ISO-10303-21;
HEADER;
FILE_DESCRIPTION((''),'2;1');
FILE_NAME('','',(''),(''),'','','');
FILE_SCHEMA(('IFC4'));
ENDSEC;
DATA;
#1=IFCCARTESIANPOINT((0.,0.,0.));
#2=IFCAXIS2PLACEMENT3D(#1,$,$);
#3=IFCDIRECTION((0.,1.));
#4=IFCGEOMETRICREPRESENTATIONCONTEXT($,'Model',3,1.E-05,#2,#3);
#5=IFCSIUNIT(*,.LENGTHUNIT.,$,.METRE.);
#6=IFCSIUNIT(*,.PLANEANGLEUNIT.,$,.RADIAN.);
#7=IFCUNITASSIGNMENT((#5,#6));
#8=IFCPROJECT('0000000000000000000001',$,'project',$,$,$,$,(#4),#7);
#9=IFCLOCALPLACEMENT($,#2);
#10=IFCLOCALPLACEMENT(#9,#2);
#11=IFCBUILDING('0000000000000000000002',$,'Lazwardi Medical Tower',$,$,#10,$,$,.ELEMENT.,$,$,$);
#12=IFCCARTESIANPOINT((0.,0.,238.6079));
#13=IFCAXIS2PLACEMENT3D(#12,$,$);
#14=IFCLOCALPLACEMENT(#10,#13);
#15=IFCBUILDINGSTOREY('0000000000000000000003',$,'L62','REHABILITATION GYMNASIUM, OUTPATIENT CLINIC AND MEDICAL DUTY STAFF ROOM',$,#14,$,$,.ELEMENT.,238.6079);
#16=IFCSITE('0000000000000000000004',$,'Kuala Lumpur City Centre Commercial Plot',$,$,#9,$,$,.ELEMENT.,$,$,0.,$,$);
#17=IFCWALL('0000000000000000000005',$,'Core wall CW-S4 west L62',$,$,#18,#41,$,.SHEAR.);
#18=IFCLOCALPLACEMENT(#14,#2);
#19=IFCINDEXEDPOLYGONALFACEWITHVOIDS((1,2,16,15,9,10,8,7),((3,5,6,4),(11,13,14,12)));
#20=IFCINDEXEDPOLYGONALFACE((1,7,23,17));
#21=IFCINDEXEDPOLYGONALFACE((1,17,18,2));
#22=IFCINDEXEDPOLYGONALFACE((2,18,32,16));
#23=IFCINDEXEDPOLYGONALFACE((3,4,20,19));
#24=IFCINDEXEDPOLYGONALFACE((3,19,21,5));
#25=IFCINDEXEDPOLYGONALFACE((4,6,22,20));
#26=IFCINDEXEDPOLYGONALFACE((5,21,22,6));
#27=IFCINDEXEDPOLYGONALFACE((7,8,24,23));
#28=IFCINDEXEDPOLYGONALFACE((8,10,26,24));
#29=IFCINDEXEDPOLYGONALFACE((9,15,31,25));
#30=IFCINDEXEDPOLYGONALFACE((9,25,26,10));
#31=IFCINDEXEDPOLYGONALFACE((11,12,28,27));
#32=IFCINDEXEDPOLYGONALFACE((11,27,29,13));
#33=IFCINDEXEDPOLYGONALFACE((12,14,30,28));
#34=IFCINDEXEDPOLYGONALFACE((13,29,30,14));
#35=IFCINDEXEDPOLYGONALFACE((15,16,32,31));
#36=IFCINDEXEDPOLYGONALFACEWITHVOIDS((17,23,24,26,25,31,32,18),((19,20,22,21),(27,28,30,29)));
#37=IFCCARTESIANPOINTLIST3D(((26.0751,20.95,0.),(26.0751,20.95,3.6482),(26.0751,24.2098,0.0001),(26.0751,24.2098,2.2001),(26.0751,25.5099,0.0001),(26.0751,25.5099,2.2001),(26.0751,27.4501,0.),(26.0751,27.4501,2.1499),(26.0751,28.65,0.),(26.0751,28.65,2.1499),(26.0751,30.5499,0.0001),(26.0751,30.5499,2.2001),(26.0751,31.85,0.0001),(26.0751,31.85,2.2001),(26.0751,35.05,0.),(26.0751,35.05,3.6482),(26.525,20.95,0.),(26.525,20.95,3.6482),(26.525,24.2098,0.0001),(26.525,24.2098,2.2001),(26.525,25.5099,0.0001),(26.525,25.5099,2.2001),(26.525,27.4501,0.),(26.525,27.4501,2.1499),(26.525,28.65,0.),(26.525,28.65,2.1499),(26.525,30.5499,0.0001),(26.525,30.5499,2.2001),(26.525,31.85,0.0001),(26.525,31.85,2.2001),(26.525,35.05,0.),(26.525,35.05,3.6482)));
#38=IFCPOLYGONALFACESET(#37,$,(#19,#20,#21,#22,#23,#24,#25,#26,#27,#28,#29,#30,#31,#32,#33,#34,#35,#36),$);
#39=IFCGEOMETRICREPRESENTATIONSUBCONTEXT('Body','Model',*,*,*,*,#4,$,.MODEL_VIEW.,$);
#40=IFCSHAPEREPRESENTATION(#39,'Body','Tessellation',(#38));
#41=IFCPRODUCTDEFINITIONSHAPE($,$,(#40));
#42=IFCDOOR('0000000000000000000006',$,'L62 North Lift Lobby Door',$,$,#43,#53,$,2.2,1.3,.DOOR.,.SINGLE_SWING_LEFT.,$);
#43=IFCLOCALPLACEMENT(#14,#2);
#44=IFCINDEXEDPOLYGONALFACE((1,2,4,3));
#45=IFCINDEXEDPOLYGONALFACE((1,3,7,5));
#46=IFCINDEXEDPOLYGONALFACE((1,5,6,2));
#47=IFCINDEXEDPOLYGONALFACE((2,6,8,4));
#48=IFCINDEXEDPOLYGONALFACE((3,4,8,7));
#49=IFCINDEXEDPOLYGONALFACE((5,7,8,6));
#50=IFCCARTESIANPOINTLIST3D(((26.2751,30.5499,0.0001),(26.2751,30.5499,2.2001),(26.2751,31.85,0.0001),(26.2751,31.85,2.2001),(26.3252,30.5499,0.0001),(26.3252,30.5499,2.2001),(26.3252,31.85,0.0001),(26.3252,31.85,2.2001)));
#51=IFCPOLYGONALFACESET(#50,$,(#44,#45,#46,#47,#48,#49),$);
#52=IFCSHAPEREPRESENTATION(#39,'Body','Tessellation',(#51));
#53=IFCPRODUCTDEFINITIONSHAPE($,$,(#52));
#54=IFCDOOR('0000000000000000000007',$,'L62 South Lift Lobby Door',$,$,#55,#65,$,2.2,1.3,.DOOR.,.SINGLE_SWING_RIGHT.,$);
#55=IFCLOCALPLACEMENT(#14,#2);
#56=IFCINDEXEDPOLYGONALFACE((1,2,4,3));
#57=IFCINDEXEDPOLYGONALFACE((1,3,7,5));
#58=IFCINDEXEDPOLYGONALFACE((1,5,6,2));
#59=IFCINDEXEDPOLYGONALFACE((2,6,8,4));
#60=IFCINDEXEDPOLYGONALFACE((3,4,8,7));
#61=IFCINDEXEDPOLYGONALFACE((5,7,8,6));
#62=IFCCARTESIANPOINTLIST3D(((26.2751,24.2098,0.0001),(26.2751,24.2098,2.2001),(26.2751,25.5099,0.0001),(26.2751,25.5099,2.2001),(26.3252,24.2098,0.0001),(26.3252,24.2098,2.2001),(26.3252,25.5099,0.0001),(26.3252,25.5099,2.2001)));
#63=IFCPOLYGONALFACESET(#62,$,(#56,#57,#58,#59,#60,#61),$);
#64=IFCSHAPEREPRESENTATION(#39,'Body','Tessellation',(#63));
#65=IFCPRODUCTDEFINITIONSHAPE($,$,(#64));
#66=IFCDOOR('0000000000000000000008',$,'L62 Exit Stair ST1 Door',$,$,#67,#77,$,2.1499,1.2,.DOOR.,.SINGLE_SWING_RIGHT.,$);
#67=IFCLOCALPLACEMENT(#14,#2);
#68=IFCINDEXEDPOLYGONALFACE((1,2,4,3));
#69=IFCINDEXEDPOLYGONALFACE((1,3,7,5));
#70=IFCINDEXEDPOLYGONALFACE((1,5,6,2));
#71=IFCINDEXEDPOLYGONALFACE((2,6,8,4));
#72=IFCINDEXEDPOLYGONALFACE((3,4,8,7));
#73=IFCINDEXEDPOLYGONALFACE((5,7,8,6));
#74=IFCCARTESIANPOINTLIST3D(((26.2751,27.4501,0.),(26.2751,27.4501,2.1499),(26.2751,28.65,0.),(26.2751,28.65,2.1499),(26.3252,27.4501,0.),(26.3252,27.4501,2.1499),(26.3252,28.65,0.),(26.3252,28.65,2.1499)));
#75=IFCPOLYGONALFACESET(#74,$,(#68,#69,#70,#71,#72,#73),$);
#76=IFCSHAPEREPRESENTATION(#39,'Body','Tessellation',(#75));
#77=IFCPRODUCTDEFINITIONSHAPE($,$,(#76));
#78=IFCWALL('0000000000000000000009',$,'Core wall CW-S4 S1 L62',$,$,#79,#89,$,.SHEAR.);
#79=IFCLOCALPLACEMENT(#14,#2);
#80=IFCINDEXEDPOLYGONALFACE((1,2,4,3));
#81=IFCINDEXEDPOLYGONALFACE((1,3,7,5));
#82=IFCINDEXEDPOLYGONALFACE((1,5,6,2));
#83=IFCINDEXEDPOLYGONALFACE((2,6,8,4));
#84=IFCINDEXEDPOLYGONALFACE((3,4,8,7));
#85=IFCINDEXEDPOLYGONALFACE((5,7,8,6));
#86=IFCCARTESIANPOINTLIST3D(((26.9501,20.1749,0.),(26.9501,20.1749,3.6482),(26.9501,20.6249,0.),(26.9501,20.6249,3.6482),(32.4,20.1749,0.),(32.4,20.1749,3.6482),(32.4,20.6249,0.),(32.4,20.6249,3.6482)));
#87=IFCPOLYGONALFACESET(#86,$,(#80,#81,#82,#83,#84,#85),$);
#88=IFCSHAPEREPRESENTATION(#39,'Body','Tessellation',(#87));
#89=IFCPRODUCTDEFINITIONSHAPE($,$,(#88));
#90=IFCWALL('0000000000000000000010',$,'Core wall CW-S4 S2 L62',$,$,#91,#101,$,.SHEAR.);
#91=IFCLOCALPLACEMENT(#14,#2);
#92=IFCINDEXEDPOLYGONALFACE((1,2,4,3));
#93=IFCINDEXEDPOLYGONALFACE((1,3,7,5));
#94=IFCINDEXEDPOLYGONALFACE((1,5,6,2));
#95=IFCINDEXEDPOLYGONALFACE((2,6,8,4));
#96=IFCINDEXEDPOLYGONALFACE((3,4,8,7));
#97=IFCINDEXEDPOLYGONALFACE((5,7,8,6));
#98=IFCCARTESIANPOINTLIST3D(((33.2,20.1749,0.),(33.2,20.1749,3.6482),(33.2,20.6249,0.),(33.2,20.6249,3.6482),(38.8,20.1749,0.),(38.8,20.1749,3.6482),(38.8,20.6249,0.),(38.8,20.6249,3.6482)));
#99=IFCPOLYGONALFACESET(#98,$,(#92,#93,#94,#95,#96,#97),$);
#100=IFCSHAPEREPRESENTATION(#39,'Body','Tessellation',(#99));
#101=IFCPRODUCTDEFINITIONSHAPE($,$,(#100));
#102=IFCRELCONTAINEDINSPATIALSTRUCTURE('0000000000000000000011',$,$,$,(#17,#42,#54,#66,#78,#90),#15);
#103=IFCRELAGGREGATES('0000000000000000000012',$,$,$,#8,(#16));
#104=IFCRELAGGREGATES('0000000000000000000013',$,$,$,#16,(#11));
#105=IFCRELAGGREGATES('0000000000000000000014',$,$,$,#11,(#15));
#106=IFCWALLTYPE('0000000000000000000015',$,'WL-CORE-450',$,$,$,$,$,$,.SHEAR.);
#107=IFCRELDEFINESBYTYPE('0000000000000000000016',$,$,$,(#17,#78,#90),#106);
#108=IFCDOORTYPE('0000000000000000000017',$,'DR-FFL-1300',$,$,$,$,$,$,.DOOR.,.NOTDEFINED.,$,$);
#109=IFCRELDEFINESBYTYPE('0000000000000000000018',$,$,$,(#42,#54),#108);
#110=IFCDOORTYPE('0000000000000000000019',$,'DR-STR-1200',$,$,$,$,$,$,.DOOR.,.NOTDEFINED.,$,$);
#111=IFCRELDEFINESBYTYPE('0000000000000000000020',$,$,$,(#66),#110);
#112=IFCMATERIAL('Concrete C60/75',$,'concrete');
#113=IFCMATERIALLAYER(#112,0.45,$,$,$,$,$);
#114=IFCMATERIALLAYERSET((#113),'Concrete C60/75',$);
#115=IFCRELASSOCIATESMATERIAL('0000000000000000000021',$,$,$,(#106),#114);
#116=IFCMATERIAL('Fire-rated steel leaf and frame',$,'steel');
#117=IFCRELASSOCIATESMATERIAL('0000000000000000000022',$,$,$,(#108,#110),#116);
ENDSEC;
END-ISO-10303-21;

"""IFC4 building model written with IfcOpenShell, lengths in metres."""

from ifc_helpers import new_model, si_unit, direction, frame, frame_2d, origin, place, context, subcontext, project, spatial, rectangle, extrude, material, layer, layer_set, type_object, element, fill, save


model = new_model("IFC4")

# Units and contexts
model_context = context("Model", 3, precision=1e-05, world=origin(), true_north=direction((0.0, 1.0)))
body_context = subcontext(model_context, "Body", "Model", "MODEL_VIEW")
ifc_project = project(units=[si_unit("LENGTHUNIT", "METRE"), si_unit("PLANEANGLEUNIT", "RADIAN")], contexts=[model_context])

# Site, building, storey
site_placement = place(None, origin())
site = spatial("IfcSite", under=ifc_project, at=site_placement, Name="Kuala Lumpur City Centre Commercial Plot", CompositionType="ELEMENT", RefElevation=0.0)
building_placement = place(site_placement, origin())
building = spatial("IfcBuilding", under=site, at=building_placement, Name="Lazwardi Medical Tower", CompositionType="ELEMENT")
storey_placement = place(building_placement, frame((0.0, 0.0, 238.6079)))
storey = spatial("IfcBuildingStorey", under=building, at=storey_placement, Name="L62", Description="REHABILITATION GYMNASIUM, OUTPATIENT CLINIC AND MEDICAL DUTY STAFF ROOM", CompositionType="ELEMENT", Elevation=238.6079)

# Shared definitions
ifc_material_1 = material(Name="Concrete C60/75", Category="concrete")

# Wall, openings, doors
ifc_layer_1 = layer(ifc_material_1, 0.45)
ifc_layer_set_1 = layer_set([ifc_layer_1], Name="Concrete C60/75")
wall_type_1 = type_object("IfcWallType", Name="WL-CORE-450", PredefinedType="SHEAR", material=ifc_layer_set_1)
wall_1_placement = place(storey_placement, frame((26.3, 20.95, 0.0), z_axis=(0.0, 0.0, 1.0), x_axis=(0.0, 1.0, 0.0)))
wall_1 = element("IfcWall", 1, at=wall_1_placement, inside=storey, type_object=wall_type_1, Name="Core wall CW-S4 west L62", PredefinedType="SHEAR", context=body_context, shape_type="SweptSolid", body=[
    extrude(rectangle(XDim=14.1001, YDim=0.45, at=frame_2d((7.05, 0.0))), origin(), (0.0, 0.0, 1.0), 3.6482),
])
opening_1_placement = place(wall_1_placement, frame((6.5, 0.0, 0.0)))
opening_1 = element("IfcOpeningElement", 2, at=opening_1_placement, cuts=wall_1, PredefinedType="OPENING", context=body_context, shape_type="SweptSolid", body=[
    extrude(rectangle(XDim=1.2, YDim=2.1499, at=frame_2d((0.6001, 1.075))), frame((0.0, 0.2349, 0.0), z_axis=(0.0, -1.0, 0.0), x_axis=(1.0, 0.0, 0.0)), (0.0, 0.0, 1.0), 0.47),
])
opening_2_placement = place(wall_1_placement, frame((9.6001, 0.0, 0.0)))
opening_2 = element("IfcOpeningElement", 3, at=opening_2_placement, cuts=wall_1, PredefinedType="OPENING", context=body_context, shape_type="SweptSolid", body=[
    extrude(rectangle(XDim=1.3, YDim=2.2, at=frame_2d((0.6499, 1.1001))), frame((0.0, 0.2349, 0.0), z_axis=(0.0, -1.0, 0.0), x_axis=(1.0, 0.0, 0.0)), (0.0, 0.0, 1.0), 0.47),
])
opening_3_placement = place(wall_1_placement, frame((3.26, 0.0, 0.0)))
opening_3 = element("IfcOpeningElement", 4, at=opening_3_placement, cuts=wall_1, PredefinedType="OPENING", context=body_context, shape_type="SweptSolid", body=[
    extrude(rectangle(XDim=1.3, YDim=2.2, at=frame_2d((0.6499, 1.1001))), frame((0.0, 0.2349, 0.0), z_axis=(0.0, -1.0, 0.0), x_axis=(1.0, 0.0, 0.0)), (0.0, 0.0, 1.0), 0.47),
])
ifc_material_2 = material(Name="Fire-rated steel leaf and frame", Category="steel")
door_type_1 = type_object("IfcDoorType", Name="DR-FFL-1300", OperationType="NOTDEFINED", PredefinedType="DOOR", material=ifc_material_2)
door_1_placement = place(opening_2_placement, origin())
door_1 = element("IfcDoor", 5, at=door_1_placement, inside=storey, type_object=door_type_1, Name="L62 North Lift Lobby Door", OperationType="SINGLE_SWING_LEFT", OverallHeight=2.2, OverallWidth=1.3, PredefinedType="DOOR", context=body_context, shape_type="SweptSolid", body=[
    extrude(rectangle(XDim=1.3, YDim=2.2, at=frame_2d((0.6499, 1.1001))), frame((0.0, 0.0249, 0.0), z_axis=(0.0, -1.0, 0.0), x_axis=(1.0, 0.0, 0.0)), (0.0, 0.0, 1.0), 0.05),
])
fill(opening_2, door_1)
door_2_placement = place(opening_3_placement, origin())
door_2 = element("IfcDoor", 6, at=door_2_placement, inside=storey, type_object=door_type_1, Name="L62 South Lift Lobby Door", OperationType="SINGLE_SWING_RIGHT", OverallHeight=2.2, OverallWidth=1.3, PredefinedType="DOOR", context=body_context, shape_type="SweptSolid", body=[
    extrude(rectangle(XDim=1.3, YDim=2.2, at=frame_2d((0.6499, 1.1001))), frame((0.0, 0.0249, 0.0), z_axis=(0.0, -1.0, 0.0), x_axis=(1.0, 0.0, 0.0)), (0.0, 0.0, 1.0), 0.05),
])
fill(opening_3, door_2)
door_type_2 = type_object("IfcDoorType", Name="DR-STR-1200", OperationType="NOTDEFINED", PredefinedType="DOOR", material=ifc_material_2)
door_3_placement = place(opening_1_placement, origin())
door_3 = element("IfcDoor", 7, at=door_3_placement, inside=storey, type_object=door_type_2, Name="L62 Exit Stair ST1 Door", OperationType="SINGLE_SWING_RIGHT", OverallHeight=2.1499, OverallWidth=1.2, PredefinedType="DOOR", context=body_context, shape_type="SweptSolid", body=[
    extrude(rectangle(XDim=1.2, YDim=2.1499, at=frame_2d((0.6001, 1.075))), frame((0.0, 0.0249, 0.0), z_axis=(0.0, -1.0, 0.0), x_axis=(1.0, 0.0, 0.0)), (0.0, 0.0, 1.0), 0.05),
])
fill(opening_1, door_3)

# Walls
wall_2_placement = place(storey_placement, frame((26.95, 20.3999, 0.0), z_axis=(0.0, 0.0, 1.0), x_axis=(1.0, 0.0, 0.0)))
element("IfcWall", 8, at=wall_2_placement, inside=storey, type_object=wall_type_1, Name="Core wall CW-S4 S1 L62", PredefinedType="SHEAR", context=body_context, shape_type="SweptSolid", body=[
    extrude(rectangle(XDim=5.45, YDim=0.45, at=frame_2d((2.7251, 0.0))), origin(), (0.0, 0.0, 1.0), 3.6482),
])
wall_3_placement = place(storey_placement, frame((33.2, 20.3999, 0.0), z_axis=(0.0, 0.0, 1.0), x_axis=(1.0, 0.0, 0.0)))
element("IfcWall", 9, at=wall_3_placement, inside=storey, type_object=wall_type_1, Name="Core wall CW-S4 S2 L62", PredefinedType="SHEAR", context=body_context, shape_type="SweptSolid", body=[
    extrude(rectangle(XDim=5.6001, YDim=0.45, at=frame_2d((2.8, 0.0))), origin(), (0.0, 0.0, 1.0), 3.6482),
])

save(model, "model.ifc")
